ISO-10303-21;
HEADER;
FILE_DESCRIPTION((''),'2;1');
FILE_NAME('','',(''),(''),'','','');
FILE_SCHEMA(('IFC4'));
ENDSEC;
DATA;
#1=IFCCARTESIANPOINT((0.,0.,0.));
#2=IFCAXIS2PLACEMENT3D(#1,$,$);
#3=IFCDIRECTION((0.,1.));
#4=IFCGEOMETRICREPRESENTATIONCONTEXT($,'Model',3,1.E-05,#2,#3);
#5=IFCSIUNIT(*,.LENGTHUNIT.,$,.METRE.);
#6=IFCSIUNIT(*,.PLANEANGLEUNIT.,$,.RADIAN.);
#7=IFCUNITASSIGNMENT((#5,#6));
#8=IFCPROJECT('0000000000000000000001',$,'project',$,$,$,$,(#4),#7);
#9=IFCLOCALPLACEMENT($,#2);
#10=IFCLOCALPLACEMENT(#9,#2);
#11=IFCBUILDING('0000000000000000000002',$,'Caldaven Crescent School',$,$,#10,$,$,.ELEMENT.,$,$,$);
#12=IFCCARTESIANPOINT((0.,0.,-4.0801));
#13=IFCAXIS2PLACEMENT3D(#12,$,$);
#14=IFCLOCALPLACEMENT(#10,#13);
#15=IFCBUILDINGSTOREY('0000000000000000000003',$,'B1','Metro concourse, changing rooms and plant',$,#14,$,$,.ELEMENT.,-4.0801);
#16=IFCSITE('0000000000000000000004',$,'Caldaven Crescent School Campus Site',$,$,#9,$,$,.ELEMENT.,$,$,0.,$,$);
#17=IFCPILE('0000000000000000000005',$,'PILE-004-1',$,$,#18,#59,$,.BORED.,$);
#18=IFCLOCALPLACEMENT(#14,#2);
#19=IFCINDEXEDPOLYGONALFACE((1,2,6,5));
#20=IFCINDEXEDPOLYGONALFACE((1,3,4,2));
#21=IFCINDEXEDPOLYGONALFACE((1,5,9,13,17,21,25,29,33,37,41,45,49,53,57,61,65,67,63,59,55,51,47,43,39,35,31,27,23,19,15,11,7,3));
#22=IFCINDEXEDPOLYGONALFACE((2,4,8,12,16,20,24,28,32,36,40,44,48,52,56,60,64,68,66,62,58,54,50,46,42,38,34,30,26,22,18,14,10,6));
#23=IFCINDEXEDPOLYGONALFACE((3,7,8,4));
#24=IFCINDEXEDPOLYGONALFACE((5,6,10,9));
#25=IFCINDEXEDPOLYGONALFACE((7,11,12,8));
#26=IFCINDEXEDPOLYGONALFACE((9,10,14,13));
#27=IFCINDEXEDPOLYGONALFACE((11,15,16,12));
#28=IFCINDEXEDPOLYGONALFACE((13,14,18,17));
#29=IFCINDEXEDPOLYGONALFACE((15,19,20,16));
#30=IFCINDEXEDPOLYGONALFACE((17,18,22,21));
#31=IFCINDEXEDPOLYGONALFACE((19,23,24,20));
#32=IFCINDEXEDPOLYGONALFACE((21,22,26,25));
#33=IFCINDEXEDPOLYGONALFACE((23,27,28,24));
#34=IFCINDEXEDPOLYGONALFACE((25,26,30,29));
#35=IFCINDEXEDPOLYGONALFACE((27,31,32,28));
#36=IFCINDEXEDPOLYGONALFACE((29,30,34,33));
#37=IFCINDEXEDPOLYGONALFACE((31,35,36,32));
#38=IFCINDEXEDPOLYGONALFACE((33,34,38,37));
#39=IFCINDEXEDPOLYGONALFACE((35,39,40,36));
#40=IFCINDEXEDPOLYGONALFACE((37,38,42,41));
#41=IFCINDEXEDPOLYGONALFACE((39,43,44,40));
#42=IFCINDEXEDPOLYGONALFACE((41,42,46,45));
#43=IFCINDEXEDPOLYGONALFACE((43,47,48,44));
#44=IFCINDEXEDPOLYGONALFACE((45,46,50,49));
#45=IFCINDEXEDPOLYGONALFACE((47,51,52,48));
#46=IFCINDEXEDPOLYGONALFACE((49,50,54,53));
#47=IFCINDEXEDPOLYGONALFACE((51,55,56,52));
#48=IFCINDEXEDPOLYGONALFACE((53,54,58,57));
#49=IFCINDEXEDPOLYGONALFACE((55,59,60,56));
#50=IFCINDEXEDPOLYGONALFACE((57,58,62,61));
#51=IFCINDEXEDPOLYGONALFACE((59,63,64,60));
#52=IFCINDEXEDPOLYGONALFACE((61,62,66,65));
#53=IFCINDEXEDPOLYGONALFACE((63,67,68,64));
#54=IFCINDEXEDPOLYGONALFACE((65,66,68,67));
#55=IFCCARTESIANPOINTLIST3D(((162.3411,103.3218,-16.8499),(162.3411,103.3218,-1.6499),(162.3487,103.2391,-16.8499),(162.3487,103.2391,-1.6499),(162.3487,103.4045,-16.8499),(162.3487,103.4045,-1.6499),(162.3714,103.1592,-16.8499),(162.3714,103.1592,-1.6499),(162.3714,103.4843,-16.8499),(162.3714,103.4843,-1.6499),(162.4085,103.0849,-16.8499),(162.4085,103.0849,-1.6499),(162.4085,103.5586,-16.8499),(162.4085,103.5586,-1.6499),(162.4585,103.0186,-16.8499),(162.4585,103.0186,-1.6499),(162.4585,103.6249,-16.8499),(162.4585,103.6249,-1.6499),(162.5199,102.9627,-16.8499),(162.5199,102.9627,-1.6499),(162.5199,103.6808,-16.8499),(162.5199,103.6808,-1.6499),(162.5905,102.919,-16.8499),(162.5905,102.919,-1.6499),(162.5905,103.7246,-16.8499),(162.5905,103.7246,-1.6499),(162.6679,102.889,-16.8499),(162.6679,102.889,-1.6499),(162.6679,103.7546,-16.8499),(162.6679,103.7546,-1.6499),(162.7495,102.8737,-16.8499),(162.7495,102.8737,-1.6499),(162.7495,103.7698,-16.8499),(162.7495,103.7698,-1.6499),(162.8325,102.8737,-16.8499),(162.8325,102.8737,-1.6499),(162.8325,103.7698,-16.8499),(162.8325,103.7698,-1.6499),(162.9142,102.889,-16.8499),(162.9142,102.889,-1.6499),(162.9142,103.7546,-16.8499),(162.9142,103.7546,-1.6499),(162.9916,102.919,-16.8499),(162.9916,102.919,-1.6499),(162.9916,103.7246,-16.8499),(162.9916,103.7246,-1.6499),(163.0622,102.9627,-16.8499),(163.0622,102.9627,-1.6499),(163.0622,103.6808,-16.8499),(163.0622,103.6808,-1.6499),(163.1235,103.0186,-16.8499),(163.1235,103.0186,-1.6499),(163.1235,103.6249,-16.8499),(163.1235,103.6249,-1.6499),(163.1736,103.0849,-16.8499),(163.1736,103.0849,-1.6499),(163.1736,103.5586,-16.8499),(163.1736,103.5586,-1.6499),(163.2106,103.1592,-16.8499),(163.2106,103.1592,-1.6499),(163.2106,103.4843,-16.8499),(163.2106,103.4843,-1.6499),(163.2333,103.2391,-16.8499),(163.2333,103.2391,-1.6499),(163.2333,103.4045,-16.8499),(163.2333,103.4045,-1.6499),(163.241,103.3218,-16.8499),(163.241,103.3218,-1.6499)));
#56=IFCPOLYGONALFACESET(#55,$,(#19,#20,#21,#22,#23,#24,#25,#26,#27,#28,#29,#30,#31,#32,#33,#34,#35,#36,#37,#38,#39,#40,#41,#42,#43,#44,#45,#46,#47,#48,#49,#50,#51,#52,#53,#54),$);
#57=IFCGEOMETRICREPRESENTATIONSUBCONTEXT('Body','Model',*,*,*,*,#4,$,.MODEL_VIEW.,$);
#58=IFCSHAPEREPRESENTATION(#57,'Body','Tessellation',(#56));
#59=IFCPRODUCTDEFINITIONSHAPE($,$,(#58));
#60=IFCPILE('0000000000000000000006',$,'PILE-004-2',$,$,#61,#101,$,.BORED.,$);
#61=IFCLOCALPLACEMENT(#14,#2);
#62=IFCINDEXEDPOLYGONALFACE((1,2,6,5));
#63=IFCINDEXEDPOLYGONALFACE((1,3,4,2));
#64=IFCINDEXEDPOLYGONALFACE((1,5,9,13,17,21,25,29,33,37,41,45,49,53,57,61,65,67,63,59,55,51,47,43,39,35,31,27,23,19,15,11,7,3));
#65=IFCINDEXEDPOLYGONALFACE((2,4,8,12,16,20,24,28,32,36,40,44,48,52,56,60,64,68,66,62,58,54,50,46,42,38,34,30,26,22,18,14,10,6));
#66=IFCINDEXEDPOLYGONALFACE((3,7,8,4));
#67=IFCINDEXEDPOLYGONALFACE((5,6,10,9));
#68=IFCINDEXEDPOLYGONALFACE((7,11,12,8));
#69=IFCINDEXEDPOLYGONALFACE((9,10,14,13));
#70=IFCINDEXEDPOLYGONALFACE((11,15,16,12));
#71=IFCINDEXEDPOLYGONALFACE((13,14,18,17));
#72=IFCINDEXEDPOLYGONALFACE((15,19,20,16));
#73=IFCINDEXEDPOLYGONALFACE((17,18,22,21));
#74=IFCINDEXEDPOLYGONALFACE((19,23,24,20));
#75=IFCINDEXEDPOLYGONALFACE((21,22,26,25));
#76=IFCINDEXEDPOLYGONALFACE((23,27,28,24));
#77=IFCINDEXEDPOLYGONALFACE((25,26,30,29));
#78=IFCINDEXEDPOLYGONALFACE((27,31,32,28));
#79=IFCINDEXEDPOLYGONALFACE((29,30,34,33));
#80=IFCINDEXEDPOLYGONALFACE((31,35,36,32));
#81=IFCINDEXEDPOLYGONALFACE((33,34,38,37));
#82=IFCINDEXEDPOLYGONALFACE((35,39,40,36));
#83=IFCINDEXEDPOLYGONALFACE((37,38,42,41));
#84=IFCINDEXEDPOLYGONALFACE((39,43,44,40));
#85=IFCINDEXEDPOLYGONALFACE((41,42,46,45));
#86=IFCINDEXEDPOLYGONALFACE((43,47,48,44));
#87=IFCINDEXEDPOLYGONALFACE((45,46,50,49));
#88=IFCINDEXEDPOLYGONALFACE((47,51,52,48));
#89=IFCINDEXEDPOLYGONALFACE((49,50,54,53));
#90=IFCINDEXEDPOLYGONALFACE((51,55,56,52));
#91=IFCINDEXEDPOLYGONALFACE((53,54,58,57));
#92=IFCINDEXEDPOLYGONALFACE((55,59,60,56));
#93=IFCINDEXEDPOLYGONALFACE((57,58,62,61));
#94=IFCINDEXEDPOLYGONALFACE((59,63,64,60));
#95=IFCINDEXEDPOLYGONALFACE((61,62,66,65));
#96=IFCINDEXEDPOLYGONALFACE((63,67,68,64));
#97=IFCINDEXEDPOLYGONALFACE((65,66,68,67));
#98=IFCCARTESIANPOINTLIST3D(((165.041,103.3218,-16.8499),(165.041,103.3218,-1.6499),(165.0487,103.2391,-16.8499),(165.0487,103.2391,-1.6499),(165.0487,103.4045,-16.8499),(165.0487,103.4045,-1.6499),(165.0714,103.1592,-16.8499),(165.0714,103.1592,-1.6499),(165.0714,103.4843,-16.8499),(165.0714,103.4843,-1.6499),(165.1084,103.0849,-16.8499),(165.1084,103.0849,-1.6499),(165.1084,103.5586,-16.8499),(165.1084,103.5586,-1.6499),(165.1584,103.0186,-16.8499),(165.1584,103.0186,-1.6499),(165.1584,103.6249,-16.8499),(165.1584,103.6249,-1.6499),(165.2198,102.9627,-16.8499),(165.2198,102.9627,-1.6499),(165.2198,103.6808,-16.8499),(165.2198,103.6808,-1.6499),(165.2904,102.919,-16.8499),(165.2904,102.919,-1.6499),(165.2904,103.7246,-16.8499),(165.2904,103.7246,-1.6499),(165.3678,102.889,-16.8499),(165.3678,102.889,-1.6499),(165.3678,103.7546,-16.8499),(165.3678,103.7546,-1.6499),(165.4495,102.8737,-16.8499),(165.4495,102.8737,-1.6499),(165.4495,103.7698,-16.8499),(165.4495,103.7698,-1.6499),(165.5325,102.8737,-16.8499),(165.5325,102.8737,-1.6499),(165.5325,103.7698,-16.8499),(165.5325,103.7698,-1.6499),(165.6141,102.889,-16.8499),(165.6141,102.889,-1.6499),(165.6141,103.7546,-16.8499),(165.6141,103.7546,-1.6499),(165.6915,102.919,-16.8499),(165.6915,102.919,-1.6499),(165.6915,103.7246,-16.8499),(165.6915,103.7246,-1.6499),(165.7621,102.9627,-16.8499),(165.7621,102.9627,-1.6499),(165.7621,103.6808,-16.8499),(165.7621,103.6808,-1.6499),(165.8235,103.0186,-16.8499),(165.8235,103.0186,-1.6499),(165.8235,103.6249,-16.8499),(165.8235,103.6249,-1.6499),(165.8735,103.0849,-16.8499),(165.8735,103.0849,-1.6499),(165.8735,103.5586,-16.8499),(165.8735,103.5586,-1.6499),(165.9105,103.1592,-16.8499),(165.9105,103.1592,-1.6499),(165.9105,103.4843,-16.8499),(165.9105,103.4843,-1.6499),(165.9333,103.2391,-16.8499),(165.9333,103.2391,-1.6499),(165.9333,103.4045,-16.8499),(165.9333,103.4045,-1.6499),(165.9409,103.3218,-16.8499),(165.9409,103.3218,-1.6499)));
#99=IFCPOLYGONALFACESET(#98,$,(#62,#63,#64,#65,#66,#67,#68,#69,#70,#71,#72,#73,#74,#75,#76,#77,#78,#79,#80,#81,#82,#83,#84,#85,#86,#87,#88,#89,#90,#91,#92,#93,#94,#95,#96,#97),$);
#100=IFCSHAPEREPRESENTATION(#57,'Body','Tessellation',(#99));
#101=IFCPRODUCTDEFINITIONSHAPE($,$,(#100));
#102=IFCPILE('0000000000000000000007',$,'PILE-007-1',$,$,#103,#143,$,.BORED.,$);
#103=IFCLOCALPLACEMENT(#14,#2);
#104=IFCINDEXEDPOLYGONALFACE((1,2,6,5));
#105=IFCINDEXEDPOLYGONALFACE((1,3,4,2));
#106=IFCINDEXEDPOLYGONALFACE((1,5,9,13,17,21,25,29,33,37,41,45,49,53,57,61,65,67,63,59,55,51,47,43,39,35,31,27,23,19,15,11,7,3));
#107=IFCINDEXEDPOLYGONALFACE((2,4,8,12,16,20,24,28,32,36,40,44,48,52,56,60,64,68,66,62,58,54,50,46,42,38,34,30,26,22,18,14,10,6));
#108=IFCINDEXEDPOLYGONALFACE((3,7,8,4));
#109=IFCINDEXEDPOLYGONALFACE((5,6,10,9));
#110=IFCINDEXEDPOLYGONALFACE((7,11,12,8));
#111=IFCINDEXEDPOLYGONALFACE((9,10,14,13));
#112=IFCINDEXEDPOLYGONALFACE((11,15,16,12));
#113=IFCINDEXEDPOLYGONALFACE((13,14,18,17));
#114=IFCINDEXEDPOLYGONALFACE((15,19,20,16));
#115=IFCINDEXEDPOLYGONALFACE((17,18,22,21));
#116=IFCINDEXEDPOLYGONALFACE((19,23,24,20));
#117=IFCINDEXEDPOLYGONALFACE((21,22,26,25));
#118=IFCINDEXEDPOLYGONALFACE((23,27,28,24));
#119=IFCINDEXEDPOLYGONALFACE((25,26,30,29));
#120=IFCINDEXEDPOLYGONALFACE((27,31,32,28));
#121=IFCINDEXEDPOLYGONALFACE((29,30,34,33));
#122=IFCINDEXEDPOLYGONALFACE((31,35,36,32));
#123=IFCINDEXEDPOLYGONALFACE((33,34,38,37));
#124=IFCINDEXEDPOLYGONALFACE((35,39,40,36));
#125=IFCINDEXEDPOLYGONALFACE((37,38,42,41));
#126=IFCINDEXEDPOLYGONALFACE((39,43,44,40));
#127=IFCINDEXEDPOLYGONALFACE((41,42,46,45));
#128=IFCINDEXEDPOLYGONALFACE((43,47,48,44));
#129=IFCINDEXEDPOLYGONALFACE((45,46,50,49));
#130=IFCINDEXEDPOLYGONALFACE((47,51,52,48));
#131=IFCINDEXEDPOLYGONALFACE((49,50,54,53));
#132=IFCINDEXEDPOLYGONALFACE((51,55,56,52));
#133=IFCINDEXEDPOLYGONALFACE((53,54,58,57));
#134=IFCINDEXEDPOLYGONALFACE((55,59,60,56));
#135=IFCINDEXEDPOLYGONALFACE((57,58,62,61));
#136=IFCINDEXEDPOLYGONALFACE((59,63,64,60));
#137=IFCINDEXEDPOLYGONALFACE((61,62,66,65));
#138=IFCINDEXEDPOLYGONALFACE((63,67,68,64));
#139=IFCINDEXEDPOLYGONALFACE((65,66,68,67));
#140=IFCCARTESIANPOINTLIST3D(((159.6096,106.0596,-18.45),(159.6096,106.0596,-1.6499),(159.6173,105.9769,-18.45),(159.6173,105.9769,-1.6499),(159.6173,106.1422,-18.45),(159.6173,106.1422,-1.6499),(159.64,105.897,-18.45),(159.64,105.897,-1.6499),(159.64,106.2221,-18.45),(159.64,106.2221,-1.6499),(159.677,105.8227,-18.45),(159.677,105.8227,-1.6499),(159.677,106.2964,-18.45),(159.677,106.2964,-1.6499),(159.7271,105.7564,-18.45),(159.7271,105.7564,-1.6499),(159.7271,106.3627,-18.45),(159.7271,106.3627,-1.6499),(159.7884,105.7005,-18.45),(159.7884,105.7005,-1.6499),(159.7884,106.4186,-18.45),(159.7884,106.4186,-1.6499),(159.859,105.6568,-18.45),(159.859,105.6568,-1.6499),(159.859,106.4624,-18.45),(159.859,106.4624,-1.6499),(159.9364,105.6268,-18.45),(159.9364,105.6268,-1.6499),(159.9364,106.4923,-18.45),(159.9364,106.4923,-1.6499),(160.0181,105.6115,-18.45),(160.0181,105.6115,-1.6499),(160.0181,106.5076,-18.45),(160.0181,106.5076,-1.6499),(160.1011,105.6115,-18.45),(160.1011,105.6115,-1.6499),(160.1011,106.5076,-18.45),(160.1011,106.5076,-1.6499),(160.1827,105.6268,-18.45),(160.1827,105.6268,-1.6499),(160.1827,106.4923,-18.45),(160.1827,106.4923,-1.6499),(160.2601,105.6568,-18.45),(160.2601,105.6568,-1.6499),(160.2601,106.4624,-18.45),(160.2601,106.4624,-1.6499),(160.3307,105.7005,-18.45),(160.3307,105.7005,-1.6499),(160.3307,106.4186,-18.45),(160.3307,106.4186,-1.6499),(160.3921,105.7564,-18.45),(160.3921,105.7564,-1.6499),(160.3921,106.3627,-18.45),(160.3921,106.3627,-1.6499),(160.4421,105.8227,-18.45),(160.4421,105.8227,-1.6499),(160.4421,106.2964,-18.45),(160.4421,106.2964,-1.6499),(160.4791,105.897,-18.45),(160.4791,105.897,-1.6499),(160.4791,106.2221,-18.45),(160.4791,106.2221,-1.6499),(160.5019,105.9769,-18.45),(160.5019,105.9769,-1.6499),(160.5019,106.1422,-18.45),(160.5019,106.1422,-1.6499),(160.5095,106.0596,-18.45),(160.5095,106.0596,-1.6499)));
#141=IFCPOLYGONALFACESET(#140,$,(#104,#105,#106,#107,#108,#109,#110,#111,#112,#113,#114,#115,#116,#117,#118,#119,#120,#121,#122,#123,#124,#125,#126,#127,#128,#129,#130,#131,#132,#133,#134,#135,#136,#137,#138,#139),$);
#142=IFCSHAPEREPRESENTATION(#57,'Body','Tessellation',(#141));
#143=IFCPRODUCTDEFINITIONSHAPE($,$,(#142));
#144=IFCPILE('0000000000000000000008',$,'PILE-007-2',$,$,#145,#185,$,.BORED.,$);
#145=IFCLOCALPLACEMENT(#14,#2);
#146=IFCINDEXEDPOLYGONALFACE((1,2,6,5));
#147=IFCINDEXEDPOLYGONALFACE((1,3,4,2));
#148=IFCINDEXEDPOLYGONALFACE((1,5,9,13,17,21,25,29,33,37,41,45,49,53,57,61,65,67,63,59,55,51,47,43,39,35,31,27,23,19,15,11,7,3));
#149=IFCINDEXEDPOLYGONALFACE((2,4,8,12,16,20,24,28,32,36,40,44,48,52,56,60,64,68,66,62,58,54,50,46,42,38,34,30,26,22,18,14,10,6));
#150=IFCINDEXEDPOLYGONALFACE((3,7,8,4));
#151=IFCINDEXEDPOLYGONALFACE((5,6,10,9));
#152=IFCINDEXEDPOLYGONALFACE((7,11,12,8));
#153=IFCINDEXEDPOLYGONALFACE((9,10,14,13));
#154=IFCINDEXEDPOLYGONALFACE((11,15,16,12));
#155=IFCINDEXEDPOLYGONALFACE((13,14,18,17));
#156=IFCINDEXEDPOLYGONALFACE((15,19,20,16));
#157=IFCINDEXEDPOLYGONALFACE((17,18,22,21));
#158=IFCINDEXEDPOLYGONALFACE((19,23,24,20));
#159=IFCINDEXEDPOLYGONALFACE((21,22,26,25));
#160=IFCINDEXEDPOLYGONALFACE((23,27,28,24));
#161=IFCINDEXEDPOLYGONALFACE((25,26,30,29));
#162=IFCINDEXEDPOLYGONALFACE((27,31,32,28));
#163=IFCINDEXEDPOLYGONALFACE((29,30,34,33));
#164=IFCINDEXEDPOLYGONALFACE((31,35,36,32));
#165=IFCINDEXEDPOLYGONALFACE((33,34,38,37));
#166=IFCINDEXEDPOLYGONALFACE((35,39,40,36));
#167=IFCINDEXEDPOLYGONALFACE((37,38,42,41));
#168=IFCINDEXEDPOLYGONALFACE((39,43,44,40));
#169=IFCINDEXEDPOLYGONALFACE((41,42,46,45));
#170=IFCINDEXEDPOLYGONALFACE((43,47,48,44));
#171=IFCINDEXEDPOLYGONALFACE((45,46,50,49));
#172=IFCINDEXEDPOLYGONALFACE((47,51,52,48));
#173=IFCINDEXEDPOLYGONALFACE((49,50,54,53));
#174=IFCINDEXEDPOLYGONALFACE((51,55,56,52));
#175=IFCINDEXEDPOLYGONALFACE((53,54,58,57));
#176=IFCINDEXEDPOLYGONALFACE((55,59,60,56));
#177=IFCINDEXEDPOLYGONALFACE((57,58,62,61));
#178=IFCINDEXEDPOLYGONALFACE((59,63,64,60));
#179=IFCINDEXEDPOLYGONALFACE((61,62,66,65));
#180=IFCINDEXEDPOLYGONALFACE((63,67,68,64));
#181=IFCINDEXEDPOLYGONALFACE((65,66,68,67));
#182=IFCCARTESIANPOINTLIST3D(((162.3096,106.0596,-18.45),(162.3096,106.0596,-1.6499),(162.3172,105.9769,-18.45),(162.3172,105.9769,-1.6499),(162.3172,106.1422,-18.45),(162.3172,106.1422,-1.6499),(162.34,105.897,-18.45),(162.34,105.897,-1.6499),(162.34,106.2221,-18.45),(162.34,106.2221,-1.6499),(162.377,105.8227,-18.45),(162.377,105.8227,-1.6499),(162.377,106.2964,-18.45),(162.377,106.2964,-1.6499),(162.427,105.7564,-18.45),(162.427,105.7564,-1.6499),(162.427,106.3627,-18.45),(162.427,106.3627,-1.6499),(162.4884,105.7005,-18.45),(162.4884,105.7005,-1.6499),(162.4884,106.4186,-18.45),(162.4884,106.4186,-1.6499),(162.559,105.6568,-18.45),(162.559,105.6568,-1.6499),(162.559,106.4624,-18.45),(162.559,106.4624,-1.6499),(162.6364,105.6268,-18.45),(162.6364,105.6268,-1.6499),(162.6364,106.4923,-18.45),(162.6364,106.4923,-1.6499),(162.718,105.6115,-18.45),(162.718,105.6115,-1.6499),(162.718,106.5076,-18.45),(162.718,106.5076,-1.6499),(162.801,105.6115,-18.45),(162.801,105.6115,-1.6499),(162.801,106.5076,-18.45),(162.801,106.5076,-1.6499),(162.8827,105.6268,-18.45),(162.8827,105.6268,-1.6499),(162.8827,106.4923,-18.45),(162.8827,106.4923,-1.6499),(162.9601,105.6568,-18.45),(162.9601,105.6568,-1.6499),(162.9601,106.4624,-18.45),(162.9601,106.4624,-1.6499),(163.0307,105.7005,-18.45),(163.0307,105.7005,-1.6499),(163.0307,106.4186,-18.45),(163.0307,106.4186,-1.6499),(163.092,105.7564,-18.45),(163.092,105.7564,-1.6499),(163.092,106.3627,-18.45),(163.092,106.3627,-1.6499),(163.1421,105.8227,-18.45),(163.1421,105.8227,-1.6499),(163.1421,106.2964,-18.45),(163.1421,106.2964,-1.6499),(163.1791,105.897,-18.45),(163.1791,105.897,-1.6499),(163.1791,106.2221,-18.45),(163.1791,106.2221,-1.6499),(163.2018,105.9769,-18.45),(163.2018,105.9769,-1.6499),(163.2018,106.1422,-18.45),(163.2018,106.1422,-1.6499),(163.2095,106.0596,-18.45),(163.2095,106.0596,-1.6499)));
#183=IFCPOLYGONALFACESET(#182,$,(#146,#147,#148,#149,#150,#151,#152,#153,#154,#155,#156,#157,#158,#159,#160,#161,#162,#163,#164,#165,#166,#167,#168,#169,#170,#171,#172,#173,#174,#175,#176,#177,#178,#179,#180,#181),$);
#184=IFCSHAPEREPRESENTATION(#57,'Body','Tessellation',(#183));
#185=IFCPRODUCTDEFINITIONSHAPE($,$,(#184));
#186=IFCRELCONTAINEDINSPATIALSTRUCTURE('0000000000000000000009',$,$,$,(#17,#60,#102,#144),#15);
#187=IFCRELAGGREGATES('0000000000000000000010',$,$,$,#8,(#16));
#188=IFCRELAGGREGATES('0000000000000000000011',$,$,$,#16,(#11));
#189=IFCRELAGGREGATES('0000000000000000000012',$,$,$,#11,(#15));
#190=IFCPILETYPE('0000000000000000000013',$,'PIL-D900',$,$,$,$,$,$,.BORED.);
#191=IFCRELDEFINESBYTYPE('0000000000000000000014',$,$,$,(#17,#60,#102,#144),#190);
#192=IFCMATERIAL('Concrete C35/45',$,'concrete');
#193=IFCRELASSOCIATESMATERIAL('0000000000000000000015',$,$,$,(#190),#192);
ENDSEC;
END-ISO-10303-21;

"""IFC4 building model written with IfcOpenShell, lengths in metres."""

from ifc_helpers import new_model, si_unit, direction, frame, origin, origin_2d, place, context, subcontext, project, spatial, circle, extrude, material, material_profile, profile_set, type_object, element, save


model = new_model("IFC4")

# Units and contexts
model_context = context("Model", 3, precision=1e-05, world=origin(), true_north=direction((0.0, 1.0)))
body_context = subcontext(model_context, "Body", "Model", "MODEL_VIEW")
ifc_project = project(units=[si_unit("LENGTHUNIT", "METRE"), si_unit("PLANEANGLEUNIT", "RADIAN")], contexts=[model_context])

# Site, building, storey
site_placement = place(None, origin())
site = spatial("IfcSite", under=ifc_project, at=site_placement, Name="Caldaven Crescent School Campus Site", CompositionType="ELEMENT", RefElevation=0.0)
building_placement = place(site_placement, origin())
building = spatial("IfcBuilding", under=site, at=building_placement, Name="Caldaven Crescent School", CompositionType="ELEMENT")
storey_placement = place(building_placement, frame((0.0, 0.0, -4.0801)))
storey = spatial("IfcBuildingStorey", under=building, at=storey_placement, Name="B1", Description="Metro concourse, changing rooms and plant", CompositionType="ELEMENT", Elevation=-4.0801)

# Shared definitions
ifc_material_1 = material(Name="Concrete C35/45", Category="concrete")

# Piles
ifc_material_profile_1 = material_profile(ifc_material_1, circle(Radius=0.45, at=origin_2d()), Name="PILE D900")
ifc_profile_set_1 = profile_set([ifc_material_profile_1], Name="Concrete C35/45")
pile_type_1 = type_object("IfcPileType", Name="PIL-D900", PredefinedType="BORED", material=ifc_profile_set_1)
for number, where, z_axis, x_axis, name in (
    (1, (162.791, 103.3218, -1.6499), (0.0, 0.0, -1.0), (1.0, 0.0, 0.0), "PILE-004-1"),
    (2, (165.491, 103.3218, -1.6499), (0.0, 0.0, -1.0), (1.0, 0.0, 0.0), "PILE-004-2"),
):
    element("IfcPile", number, at=place(storey_placement, frame(where, z_axis=z_axis, x_axis=x_axis)), inside=storey, type_object=pile_type_1, Name=name, PredefinedType="BORED", context=body_context, shape_type="SweptSolid", body=[
        extrude(circle(Radius=0.45, at=origin_2d()), origin(), (0.0, 0.0, 1.0), 15.2),
    ])
for number, where, z_axis, x_axis, name in (
    (3, (160.0596, 106.0596, -1.6499), (0.0, 0.0, -1.0), (1.0, 0.0, 0.0), "PILE-007-1"),
    (4, (162.7595, 106.0596, -1.6499), (0.0, 0.0, -1.0), (1.0, 0.0, 0.0), "PILE-007-2"),
):
    element("IfcPile", number, at=place(storey_placement, frame(where, z_axis=z_axis, x_axis=x_axis)), inside=storey, type_object=pile_type_1, Name=name, PredefinedType="BORED", context=body_context, shape_type="SweptSolid", body=[
        extrude(circle(Radius=0.45, at=origin_2d()), origin(), (0.0, 0.0, 1.0), 16.8),
    ])

save(model, "model.ifc")
